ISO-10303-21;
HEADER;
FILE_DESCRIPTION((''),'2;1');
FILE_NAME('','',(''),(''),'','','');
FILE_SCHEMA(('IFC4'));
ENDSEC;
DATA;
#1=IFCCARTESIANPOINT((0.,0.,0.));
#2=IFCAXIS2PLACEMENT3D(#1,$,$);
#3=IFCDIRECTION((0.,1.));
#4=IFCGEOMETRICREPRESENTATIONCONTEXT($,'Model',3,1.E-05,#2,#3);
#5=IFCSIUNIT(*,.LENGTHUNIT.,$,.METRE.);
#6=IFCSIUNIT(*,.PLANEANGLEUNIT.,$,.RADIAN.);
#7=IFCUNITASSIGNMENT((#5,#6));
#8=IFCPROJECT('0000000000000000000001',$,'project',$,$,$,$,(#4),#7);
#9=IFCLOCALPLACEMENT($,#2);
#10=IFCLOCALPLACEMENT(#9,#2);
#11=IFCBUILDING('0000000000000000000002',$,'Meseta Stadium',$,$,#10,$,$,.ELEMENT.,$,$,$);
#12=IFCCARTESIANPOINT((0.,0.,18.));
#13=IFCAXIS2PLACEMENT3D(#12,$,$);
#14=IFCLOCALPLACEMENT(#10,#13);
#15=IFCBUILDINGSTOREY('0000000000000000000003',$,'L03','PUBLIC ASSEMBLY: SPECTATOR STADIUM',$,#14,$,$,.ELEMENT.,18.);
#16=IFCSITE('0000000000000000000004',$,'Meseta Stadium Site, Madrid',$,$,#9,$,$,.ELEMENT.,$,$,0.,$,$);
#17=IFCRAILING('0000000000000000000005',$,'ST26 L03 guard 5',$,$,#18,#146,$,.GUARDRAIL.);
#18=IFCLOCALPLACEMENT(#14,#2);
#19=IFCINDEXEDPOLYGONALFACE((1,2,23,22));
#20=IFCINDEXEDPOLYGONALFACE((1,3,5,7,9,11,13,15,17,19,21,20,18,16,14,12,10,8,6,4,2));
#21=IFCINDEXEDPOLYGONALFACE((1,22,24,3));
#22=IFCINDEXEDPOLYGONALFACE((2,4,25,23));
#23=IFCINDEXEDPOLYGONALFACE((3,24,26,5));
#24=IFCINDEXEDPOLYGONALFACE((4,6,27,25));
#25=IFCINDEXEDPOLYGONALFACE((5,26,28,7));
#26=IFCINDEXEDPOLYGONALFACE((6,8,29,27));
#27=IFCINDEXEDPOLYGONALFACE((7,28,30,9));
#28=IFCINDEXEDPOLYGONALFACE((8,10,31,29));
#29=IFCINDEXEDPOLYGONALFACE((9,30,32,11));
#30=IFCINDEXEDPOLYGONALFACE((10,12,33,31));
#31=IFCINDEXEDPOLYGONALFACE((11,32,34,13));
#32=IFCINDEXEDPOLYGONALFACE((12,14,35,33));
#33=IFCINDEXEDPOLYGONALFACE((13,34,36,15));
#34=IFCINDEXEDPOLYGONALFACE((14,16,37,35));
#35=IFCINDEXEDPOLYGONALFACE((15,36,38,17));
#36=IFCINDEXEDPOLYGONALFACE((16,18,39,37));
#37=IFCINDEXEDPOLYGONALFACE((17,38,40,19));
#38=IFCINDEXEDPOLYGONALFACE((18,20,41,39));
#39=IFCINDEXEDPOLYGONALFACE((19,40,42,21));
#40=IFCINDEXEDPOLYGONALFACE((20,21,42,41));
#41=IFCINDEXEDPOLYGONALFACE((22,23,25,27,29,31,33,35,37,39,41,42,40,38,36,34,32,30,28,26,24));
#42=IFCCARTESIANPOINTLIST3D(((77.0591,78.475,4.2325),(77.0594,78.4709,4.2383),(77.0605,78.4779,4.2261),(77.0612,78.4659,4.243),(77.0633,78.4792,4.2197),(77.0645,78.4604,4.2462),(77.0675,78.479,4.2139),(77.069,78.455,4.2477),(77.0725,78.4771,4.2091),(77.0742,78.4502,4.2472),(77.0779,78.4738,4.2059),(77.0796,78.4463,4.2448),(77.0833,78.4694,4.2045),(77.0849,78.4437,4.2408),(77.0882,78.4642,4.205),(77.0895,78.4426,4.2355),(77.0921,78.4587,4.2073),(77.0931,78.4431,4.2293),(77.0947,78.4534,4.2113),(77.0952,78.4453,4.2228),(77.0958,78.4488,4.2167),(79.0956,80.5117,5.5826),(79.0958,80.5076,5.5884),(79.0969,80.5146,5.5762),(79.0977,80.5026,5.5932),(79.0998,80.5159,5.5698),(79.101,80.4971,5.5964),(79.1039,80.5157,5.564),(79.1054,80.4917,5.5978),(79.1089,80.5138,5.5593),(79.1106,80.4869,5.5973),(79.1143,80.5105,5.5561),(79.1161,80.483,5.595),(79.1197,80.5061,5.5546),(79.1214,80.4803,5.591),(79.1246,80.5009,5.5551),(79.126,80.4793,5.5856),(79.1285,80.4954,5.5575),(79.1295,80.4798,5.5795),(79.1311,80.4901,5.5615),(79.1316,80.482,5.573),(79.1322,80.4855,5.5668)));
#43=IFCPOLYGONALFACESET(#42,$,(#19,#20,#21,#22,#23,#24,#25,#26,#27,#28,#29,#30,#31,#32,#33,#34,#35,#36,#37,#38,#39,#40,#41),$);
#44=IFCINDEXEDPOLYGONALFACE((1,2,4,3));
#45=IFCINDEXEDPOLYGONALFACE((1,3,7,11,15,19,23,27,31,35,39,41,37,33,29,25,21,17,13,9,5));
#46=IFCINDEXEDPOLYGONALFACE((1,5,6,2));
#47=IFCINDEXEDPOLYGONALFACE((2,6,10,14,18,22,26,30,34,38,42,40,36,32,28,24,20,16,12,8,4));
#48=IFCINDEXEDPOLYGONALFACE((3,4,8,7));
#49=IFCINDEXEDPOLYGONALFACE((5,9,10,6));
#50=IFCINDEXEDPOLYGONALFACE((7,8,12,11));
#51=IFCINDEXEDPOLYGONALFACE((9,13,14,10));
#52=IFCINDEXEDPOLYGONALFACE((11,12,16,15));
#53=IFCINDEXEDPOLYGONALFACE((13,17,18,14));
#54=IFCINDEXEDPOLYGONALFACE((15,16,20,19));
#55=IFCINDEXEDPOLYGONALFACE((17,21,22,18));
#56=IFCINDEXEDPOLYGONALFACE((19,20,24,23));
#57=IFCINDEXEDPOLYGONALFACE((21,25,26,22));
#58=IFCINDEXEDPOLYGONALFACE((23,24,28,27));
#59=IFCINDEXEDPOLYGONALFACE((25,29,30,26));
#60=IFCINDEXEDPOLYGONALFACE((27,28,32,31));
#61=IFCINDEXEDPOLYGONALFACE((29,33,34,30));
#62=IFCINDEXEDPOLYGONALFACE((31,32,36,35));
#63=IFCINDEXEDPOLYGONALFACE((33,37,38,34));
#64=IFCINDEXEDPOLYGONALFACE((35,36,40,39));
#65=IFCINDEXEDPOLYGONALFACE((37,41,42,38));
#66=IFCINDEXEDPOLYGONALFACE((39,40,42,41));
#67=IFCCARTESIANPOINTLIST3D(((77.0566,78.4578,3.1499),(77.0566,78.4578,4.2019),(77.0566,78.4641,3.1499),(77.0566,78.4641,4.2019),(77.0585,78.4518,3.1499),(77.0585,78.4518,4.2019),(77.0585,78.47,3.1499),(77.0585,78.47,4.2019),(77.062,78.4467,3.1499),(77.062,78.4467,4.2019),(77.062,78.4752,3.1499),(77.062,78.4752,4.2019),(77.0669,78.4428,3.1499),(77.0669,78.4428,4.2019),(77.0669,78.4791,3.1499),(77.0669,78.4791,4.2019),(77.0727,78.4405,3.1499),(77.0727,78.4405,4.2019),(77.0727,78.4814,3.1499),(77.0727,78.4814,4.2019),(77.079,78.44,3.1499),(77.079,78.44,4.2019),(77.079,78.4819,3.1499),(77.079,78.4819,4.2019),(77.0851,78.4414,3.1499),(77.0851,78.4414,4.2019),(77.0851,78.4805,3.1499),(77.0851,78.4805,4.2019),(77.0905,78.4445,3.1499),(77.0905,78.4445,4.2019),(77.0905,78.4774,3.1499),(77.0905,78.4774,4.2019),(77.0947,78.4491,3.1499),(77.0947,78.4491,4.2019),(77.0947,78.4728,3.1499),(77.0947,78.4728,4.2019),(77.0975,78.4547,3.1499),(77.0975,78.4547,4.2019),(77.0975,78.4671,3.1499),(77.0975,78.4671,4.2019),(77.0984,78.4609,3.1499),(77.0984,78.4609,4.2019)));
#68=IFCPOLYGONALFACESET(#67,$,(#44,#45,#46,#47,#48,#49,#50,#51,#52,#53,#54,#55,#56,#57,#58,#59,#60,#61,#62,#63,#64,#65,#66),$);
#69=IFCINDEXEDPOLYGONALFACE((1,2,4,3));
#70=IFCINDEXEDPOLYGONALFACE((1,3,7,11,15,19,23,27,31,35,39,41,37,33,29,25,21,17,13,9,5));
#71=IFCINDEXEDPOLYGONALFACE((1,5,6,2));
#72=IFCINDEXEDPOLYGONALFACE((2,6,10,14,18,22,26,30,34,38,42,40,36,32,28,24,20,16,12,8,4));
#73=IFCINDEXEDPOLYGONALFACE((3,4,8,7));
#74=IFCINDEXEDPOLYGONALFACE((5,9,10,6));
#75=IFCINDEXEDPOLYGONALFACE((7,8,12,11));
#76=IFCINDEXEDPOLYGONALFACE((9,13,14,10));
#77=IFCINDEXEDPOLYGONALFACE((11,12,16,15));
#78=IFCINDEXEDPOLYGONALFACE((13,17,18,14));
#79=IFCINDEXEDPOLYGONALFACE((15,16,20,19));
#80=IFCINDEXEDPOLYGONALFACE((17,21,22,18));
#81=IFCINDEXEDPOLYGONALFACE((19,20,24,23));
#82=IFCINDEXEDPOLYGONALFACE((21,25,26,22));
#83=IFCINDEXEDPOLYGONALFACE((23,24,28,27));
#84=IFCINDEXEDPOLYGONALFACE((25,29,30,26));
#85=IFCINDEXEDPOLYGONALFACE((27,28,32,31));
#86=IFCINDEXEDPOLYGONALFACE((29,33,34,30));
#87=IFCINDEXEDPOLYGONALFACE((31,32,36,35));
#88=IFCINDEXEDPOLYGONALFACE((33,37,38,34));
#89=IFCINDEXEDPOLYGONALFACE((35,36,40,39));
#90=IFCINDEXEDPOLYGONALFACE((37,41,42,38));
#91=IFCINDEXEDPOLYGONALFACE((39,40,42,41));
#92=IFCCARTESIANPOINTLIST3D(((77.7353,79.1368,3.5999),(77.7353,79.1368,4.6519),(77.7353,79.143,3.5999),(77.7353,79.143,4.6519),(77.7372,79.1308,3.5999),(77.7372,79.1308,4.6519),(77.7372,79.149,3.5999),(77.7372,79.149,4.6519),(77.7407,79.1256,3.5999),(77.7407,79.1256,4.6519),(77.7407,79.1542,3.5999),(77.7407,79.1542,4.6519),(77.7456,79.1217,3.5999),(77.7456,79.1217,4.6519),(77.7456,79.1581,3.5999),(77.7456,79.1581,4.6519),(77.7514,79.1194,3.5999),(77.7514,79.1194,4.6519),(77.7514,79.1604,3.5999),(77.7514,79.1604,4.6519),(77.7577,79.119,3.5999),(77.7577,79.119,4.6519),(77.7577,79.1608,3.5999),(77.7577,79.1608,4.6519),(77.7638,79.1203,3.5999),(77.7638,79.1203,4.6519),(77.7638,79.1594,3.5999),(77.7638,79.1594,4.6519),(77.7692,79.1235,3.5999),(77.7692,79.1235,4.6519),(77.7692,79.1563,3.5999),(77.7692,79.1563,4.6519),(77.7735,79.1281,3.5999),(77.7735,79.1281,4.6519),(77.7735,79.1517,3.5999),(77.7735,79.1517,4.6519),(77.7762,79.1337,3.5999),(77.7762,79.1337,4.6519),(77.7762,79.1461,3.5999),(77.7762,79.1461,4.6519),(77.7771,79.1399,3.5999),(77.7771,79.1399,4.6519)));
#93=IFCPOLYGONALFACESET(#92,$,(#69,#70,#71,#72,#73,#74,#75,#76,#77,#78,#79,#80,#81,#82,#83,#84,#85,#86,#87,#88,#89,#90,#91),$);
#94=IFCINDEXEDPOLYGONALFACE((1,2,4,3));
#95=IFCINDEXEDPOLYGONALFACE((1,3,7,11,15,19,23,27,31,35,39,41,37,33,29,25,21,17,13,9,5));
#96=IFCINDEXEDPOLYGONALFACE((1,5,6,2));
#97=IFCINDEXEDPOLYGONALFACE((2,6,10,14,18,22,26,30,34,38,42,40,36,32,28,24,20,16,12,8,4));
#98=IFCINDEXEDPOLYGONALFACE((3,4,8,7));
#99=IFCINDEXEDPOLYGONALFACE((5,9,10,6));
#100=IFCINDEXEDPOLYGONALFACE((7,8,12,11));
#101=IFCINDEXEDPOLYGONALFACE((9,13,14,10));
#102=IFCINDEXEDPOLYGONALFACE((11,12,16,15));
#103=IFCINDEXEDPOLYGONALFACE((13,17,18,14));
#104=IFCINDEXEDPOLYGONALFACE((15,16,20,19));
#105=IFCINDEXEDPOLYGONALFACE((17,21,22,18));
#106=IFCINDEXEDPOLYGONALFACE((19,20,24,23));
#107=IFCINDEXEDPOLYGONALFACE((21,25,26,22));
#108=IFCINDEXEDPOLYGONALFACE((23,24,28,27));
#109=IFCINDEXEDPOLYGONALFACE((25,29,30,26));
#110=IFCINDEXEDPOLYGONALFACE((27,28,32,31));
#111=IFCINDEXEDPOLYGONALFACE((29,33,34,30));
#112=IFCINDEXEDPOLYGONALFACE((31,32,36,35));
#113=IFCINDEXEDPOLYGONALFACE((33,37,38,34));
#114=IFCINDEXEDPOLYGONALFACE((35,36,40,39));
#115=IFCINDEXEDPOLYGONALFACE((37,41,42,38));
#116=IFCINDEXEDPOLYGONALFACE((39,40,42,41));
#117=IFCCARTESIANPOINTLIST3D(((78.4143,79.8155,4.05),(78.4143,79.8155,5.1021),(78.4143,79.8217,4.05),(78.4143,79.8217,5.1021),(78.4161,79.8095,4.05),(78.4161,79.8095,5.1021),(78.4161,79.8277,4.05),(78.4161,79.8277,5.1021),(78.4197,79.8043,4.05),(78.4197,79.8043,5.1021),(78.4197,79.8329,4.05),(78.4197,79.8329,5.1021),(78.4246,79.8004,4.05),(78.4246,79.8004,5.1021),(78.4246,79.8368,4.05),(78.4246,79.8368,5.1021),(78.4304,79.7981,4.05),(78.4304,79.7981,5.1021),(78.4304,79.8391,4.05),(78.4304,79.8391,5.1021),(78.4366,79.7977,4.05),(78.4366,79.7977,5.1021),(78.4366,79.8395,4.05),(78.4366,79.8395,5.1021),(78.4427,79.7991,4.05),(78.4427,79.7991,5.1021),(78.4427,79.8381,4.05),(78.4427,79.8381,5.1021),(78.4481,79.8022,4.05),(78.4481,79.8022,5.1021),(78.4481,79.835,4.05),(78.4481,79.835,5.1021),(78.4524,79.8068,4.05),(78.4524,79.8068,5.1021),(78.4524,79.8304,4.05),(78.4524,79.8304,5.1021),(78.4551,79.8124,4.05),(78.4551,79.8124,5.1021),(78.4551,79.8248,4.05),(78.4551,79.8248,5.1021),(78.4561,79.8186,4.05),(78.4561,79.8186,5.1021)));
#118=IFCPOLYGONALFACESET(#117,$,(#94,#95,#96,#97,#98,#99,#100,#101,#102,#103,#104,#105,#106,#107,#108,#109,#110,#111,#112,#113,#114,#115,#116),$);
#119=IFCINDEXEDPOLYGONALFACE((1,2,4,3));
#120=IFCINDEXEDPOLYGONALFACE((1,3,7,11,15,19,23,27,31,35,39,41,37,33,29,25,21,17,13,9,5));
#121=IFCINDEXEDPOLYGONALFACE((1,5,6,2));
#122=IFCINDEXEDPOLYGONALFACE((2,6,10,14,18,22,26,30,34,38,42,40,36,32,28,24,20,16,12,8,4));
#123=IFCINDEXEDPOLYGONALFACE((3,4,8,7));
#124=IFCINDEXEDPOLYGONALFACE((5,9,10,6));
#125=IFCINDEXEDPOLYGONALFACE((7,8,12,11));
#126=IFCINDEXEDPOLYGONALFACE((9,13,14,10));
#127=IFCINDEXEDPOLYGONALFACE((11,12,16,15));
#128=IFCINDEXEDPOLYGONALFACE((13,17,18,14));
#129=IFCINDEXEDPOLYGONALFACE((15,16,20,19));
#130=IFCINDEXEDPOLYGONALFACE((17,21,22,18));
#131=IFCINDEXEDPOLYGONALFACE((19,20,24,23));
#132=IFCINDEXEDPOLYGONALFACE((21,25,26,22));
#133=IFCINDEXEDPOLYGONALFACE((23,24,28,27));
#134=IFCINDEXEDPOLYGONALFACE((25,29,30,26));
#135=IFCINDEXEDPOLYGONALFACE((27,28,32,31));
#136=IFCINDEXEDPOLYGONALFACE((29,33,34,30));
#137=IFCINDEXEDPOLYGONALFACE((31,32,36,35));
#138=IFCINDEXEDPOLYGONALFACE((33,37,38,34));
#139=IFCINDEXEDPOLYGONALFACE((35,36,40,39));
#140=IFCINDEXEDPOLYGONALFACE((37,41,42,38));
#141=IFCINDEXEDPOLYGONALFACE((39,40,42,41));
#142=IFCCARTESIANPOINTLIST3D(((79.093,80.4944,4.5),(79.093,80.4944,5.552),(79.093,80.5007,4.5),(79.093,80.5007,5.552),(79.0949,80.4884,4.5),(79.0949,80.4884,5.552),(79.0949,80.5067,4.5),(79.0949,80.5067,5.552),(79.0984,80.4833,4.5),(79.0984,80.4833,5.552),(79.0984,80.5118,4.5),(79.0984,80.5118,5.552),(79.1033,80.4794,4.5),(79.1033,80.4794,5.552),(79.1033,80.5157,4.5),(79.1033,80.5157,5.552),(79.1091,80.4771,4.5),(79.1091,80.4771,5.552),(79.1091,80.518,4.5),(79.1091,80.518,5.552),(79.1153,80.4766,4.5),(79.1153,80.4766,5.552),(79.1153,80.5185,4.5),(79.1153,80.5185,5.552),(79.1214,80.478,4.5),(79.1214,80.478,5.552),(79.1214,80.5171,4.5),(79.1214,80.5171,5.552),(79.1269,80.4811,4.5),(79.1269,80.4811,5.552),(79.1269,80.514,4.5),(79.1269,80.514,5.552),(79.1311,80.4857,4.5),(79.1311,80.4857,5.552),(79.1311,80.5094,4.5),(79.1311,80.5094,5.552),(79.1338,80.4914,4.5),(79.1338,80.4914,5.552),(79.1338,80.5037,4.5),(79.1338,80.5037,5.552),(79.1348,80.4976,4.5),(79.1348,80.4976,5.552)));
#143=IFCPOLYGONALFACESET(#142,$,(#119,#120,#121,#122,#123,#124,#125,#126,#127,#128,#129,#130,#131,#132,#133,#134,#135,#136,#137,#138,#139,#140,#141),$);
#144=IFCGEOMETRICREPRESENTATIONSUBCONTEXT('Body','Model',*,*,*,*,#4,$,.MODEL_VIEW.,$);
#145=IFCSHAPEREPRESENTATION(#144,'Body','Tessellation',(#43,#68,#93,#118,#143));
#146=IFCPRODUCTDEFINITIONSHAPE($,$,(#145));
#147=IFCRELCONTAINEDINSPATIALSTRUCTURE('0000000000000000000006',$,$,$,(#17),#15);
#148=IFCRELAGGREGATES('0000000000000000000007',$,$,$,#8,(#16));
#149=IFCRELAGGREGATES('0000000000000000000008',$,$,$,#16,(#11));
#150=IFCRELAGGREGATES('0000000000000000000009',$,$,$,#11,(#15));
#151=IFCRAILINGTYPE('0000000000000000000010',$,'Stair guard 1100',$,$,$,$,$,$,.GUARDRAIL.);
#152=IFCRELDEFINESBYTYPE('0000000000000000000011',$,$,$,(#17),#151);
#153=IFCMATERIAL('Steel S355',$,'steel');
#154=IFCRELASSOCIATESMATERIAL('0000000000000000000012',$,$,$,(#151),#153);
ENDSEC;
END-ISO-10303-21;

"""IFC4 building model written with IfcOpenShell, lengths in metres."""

from ifc_helpers import new_model, si_unit, direction, frame, origin, origin_2d, place, context, subcontext, project, spatial, circle, extrude, material, type_object, element, save


model = new_model("IFC4")

# Units and contexts
model_context = context("Model", 3, precision=1e-05, world=origin(), true_north=direction((0.0, 1.0)))
body_context = subcontext(model_context, "Body", "Model", "MODEL_VIEW")
ifc_project = project(units=[si_unit("LENGTHUNIT", "METRE"), si_unit("PLANEANGLEUNIT", "RADIAN")], contexts=[model_context])

# Site, building, storey
site_placement = place(None, origin())
site = spatial("IfcSite", under=ifc_project, at=site_placement, Name="Meseta Stadium Site, Madrid", CompositionType="ELEMENT", RefElevation=0.0)
building_placement = place(site_placement, origin())
building = spatial("IfcBuilding", under=site, at=building_placement, Name="Meseta Stadium", CompositionType="ELEMENT")
storey_placement = place(building_placement, frame((0.0, 0.0, 18.0)))
storey = spatial("IfcBuildingStorey", under=building, at=storey_placement, Name="L03", Description="PUBLIC ASSEMBLY: SPECTATOR STADIUM", CompositionType="ELEMENT", Elevation=18.0)

# Railing
ifc_material_1 = material(Name="Steel S355", Category="steel")
railing_type_1 = type_object("IfcRailingType", Name="Stair guard 1100", PredefinedType="GUARDRAIL", material=ifc_material_1)
railing_1_placement = place(storey_placement, frame((77.0774, 78.4609, 3.1499)))
element("IfcRailing", 1, at=railing_1_placement, inside=storey, type_object=railing_type_1, Name="ST26 L03 guard 5", PredefinedType="GUARDRAIL", context=body_context, shape_type="SweptSolid", body=[
    extrude(circle(Radius=0.0239, at=origin_2d()), frame((0.0, 0.0, 1.0762), z_axis=(0.640211, 0.640288, 0.424454), x_axis=(-0.707149, 0.707064, 0.0)), (0.0, 0.0, 1.0), 3.1809),
    extrude(circle(Radius=0.021, at=origin_2d()), origin(), (0.0, 0.0, 1.0), 1.052),
    extrude(circle(Radius=0.021, at=origin_2d()), frame((0.6787, 0.679, 0.45)), (0.0, 0.0, 1.0), 1.052),
    extrude(circle(Radius=0.021, at=origin_2d()), frame((1.3577, 1.3577, 0.9001)), (0.0, 0.0, 1.0), 1.052),
    extrude(circle(Radius=0.021, at=origin_2d()), frame((2.0364, 2.0366, 1.3501)), (0.0, 0.0, 1.0), 1.052),
])

save(model, "model.ifc")
